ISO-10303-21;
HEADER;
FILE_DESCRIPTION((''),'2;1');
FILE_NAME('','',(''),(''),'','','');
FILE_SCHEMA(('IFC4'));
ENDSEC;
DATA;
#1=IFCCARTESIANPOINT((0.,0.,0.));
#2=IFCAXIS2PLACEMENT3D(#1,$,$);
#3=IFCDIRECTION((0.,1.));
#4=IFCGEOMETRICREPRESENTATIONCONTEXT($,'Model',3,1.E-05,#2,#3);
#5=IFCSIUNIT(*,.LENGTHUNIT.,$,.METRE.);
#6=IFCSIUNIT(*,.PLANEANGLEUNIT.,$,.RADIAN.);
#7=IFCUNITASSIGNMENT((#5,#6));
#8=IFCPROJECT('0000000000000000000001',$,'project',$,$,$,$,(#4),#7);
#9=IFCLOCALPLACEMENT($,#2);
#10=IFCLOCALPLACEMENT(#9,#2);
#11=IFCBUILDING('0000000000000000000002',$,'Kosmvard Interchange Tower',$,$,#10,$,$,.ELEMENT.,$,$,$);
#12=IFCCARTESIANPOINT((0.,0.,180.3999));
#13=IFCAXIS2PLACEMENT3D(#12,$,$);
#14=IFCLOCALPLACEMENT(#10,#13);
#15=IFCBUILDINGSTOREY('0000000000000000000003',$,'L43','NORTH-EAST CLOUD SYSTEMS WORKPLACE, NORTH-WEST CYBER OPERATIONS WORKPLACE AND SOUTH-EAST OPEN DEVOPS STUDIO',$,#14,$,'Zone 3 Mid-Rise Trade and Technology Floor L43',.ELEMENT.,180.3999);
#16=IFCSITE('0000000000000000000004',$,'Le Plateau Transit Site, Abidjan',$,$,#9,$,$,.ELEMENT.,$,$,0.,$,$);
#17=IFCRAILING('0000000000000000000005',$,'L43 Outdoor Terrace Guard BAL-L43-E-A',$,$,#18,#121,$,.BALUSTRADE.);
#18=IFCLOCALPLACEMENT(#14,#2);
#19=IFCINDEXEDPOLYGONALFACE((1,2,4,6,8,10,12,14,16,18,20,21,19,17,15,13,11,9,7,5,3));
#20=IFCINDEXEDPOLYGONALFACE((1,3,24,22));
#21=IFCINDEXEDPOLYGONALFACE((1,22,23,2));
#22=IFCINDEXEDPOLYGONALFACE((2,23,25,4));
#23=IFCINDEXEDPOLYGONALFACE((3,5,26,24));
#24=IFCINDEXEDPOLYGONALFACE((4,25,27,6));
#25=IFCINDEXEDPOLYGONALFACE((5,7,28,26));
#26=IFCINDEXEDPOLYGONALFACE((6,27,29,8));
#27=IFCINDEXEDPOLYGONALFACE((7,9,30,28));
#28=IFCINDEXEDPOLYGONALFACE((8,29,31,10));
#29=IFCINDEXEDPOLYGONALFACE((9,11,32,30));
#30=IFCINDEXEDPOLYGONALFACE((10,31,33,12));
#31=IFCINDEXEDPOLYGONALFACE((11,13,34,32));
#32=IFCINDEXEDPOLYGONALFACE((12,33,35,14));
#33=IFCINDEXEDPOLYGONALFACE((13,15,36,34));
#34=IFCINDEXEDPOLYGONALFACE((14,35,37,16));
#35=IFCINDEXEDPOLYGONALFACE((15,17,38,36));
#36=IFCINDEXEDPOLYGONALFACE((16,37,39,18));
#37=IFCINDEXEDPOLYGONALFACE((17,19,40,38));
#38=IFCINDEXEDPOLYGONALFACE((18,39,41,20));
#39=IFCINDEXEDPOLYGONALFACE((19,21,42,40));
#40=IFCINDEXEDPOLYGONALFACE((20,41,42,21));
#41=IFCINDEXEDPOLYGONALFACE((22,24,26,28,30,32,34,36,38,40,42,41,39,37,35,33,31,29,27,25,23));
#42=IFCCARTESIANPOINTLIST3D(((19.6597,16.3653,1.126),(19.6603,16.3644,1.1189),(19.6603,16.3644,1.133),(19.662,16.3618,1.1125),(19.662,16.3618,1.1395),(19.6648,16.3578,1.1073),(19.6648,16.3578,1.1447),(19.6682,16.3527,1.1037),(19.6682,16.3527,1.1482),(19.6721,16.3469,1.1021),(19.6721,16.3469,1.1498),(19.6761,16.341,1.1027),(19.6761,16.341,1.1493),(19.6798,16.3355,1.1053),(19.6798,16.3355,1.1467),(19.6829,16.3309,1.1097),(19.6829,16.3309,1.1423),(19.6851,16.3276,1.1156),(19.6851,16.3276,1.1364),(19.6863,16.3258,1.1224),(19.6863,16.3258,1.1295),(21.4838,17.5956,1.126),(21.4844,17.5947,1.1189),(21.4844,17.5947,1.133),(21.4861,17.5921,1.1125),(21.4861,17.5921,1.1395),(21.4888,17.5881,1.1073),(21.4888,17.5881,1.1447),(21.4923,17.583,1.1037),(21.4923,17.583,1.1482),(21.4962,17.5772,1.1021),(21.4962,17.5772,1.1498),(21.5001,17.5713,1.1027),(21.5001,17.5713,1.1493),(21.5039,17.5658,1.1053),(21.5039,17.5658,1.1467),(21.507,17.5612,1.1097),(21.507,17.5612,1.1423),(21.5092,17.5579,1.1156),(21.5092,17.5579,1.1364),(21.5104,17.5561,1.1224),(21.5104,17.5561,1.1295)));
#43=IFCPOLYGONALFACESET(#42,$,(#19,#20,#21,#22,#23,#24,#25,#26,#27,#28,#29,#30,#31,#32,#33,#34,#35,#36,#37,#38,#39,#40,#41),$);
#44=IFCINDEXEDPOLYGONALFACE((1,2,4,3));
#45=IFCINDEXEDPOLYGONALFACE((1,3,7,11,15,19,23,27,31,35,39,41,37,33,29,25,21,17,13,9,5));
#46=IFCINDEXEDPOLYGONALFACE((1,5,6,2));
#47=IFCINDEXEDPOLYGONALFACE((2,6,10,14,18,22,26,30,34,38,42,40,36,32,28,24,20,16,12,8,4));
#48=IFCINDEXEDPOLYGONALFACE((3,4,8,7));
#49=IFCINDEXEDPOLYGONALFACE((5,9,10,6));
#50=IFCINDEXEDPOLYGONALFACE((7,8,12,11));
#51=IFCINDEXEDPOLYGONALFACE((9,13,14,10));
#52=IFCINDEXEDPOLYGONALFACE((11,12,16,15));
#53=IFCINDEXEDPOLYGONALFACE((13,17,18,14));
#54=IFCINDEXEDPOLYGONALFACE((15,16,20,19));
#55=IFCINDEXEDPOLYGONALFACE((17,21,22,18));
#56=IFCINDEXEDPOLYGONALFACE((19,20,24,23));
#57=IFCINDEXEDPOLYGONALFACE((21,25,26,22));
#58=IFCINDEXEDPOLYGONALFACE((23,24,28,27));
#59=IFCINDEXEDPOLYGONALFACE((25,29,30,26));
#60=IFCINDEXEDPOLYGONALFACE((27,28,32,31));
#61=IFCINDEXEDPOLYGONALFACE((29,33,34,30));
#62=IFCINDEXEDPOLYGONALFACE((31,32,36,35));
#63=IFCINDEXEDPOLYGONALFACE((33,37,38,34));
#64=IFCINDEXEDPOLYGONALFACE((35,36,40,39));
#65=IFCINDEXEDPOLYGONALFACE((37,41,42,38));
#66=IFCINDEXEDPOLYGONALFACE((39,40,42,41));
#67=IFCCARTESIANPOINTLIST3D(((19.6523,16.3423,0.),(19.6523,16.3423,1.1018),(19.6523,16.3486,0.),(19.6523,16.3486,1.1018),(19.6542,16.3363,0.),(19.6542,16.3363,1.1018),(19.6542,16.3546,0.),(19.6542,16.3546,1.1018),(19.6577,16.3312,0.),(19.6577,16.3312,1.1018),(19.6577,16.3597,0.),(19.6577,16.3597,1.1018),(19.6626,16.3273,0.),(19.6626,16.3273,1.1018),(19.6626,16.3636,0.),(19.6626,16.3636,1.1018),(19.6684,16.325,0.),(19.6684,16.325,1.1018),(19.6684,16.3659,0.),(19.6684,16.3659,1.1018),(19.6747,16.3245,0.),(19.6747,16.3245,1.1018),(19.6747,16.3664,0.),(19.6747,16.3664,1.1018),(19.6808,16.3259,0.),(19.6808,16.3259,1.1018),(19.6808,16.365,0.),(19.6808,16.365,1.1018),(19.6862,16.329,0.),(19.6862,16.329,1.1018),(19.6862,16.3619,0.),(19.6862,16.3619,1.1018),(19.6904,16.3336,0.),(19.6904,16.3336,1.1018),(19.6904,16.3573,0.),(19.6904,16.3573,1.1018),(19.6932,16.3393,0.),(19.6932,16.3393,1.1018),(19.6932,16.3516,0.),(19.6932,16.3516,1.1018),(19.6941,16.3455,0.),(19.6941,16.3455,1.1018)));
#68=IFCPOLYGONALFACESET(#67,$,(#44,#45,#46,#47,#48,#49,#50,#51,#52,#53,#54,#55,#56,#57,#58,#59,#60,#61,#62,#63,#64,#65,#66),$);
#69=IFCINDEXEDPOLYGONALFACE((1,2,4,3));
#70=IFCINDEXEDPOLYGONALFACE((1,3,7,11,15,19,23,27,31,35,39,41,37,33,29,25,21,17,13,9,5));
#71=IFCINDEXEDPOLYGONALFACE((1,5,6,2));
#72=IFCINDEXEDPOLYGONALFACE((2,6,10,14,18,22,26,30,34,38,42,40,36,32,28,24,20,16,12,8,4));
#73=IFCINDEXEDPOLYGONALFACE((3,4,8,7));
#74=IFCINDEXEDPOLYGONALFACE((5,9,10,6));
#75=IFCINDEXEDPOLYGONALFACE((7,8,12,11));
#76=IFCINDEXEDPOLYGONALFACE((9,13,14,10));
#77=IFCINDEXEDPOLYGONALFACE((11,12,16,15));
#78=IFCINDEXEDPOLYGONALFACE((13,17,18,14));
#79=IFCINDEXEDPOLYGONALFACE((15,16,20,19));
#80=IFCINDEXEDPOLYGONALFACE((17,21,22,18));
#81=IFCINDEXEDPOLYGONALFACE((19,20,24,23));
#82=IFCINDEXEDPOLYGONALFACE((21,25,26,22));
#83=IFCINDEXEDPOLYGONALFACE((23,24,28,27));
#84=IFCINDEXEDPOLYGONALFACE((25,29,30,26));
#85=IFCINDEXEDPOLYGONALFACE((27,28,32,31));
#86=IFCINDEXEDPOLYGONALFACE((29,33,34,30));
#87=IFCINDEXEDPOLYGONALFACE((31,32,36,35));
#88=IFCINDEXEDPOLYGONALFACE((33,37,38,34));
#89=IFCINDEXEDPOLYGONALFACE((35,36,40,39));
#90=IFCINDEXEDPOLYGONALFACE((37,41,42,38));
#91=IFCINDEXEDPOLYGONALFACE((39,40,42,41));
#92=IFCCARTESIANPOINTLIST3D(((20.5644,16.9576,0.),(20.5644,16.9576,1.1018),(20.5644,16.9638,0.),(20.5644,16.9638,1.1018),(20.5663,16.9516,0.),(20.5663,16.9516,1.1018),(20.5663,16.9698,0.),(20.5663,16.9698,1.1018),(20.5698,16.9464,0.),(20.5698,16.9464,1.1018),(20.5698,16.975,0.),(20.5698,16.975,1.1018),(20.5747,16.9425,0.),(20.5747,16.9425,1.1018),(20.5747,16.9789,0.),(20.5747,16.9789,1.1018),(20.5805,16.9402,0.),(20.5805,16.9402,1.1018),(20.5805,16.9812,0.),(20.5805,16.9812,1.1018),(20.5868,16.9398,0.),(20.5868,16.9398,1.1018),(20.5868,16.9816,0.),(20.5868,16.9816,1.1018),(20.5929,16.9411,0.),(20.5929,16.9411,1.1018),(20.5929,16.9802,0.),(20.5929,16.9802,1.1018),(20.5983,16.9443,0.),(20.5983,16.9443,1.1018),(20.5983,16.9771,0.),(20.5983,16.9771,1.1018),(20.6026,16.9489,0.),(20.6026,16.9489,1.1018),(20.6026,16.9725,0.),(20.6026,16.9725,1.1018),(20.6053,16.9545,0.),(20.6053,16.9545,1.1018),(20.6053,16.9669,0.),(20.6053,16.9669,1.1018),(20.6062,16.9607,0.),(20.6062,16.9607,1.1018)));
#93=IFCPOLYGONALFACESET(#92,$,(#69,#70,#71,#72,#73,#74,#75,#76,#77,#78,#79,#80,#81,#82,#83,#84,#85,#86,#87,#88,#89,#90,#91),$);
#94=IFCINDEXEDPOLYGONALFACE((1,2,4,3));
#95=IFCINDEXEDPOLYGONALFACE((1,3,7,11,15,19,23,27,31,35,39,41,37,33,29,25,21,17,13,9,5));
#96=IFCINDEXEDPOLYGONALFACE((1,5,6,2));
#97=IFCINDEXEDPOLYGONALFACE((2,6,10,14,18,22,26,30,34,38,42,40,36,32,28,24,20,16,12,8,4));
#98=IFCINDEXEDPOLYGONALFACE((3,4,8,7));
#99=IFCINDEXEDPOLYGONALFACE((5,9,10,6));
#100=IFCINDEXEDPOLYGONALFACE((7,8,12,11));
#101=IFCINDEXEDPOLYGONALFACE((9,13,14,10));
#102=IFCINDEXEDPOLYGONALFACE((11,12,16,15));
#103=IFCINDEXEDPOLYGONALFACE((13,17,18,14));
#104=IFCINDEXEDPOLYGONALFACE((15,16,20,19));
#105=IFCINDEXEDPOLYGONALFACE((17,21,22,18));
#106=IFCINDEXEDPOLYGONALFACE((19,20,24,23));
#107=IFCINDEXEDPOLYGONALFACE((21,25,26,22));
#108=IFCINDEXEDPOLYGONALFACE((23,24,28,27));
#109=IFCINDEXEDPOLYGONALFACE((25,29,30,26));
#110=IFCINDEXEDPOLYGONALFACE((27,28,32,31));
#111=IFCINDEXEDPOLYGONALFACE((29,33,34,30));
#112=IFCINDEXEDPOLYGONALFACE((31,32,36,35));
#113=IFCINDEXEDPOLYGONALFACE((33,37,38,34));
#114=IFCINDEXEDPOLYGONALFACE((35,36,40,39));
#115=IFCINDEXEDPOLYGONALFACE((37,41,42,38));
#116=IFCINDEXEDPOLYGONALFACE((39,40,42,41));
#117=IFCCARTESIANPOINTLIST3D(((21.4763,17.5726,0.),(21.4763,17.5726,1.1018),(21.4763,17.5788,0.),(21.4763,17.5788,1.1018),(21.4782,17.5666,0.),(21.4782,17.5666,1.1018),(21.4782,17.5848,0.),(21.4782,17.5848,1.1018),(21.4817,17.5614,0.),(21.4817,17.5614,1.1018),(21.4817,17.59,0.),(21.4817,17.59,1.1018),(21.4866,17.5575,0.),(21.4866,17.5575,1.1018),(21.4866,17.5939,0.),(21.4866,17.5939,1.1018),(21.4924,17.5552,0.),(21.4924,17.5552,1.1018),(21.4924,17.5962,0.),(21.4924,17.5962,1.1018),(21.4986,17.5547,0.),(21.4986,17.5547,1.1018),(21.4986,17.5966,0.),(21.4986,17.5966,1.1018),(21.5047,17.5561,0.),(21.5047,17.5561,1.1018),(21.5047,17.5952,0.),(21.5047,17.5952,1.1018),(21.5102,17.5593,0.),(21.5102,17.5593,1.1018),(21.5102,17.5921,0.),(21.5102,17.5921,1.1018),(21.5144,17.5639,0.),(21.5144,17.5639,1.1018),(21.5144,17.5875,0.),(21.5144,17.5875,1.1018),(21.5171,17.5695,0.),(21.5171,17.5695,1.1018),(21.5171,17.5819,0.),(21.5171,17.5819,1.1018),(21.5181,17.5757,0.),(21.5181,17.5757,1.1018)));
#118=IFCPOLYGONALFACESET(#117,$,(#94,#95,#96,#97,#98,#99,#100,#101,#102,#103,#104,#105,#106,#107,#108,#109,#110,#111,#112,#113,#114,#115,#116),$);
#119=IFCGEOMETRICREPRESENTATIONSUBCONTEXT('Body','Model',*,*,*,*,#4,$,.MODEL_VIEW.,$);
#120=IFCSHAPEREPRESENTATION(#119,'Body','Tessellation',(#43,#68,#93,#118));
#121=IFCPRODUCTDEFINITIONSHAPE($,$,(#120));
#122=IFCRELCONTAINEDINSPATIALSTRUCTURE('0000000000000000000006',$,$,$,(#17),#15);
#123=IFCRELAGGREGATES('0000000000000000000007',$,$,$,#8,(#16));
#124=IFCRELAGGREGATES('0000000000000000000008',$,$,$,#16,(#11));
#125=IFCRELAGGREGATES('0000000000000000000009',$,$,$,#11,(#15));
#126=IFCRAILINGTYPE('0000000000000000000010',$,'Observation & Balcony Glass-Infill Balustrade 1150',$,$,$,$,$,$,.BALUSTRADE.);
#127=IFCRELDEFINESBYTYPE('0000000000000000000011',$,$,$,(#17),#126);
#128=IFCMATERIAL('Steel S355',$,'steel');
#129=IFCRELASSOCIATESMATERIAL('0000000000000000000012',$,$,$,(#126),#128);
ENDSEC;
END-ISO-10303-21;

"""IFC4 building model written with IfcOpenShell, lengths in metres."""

from ifc_helpers import new_model, si_unit, direction, frame, origin, origin_2d, place, context, subcontext, project, spatial, circle, extrude, source, transform, mapped, material, type_object, element, save


model = new_model("IFC4")

# Units and contexts
model_context = context("Model", 3, precision=1e-05, world=origin(), true_north=direction((0.0, 1.0)))
body_context = subcontext(model_context, "Body", "Model", "MODEL_VIEW")
ifc_project = project(units=[si_unit("LENGTHUNIT", "METRE"), si_unit("PLANEANGLEUNIT", "RADIAN")], contexts=[model_context])

# Site, building, storey
site_placement = place(None, origin())
site = spatial("IfcSite", under=ifc_project, at=site_placement, Name="Le Plateau Transit Site, Abidjan", CompositionType="ELEMENT", RefElevation=0.0)
building_placement = place(site_placement, origin())
building = spatial("IfcBuilding", under=site, at=building_placement, Name="Kosmvard Interchange Tower", CompositionType="ELEMENT")
storey_placement = place(building_placement, frame((0.0, 0.0, 180.3999)))
storey = spatial("IfcBuildingStorey", under=building, at=storey_placement, Name="L43", Description="NORTH-EAST CLOUD SYSTEMS WORKPLACE, NORTH-WEST CYBER OPERATIONS WORKPLACE AND SOUTH-EAST OPEN DEVOPS STUDIO", LongName="Zone 3 Mid-Rise Trade and Technology Floor L43", CompositionType="ELEMENT", Elevation=180.3999)

# Shared definitions
ifc_material_1 = material(Name="Steel S355", Category="steel")

# Railing
railing_type = type_object("IfcRailingType", Name="Observation & Balcony Glass-Infill Balustrade 1150", PredefinedType="BALUSTRADE", material=ifc_material_1)
shared_shape_1 = source(origin(), body_context, "Body", "SweptSolid", [
    extrude(circle(Radius=0.0239, at=origin_2d()), frame((0.0, 0.0, 1.126), z_axis=(0.829051, 0.559174, 0.0), x_axis=(-0.559174, 0.829051, 0.0)), (0.0, 0.0, 1.0), 2.2002),
    extrude(circle(Radius=0.021, at=origin_2d()), origin(), (0.0, 0.0, 1.0), 1.1018),
    extrude(circle(Radius=0.021, at=origin_2d()), frame((0.9121, 0.6152, 0.0)), (0.0, 0.0, 1.0), 1.1018),
    extrude(circle(Radius=0.021, at=origin_2d()), frame((1.824, 1.2302, 0.0)), (0.0, 0.0, 1.0), 1.1018),
])
railing_1_placement = place(storey_placement, frame((19.6731, 16.3455, 0.0)))
element("IfcRailing", 1, at=railing_1_placement, inside=storey, type_object=railing_type, Name="L43 Outdoor Terrace Guard BAL-L43-E-A", PredefinedType="BALUSTRADE", context=body_context, shape_type="MappedRepresentation", body=[
    mapped(shared_shape_1, transform((0.0, 0.0, 0.0), scale=1.0)),
])

save(model, "model.ifc")
